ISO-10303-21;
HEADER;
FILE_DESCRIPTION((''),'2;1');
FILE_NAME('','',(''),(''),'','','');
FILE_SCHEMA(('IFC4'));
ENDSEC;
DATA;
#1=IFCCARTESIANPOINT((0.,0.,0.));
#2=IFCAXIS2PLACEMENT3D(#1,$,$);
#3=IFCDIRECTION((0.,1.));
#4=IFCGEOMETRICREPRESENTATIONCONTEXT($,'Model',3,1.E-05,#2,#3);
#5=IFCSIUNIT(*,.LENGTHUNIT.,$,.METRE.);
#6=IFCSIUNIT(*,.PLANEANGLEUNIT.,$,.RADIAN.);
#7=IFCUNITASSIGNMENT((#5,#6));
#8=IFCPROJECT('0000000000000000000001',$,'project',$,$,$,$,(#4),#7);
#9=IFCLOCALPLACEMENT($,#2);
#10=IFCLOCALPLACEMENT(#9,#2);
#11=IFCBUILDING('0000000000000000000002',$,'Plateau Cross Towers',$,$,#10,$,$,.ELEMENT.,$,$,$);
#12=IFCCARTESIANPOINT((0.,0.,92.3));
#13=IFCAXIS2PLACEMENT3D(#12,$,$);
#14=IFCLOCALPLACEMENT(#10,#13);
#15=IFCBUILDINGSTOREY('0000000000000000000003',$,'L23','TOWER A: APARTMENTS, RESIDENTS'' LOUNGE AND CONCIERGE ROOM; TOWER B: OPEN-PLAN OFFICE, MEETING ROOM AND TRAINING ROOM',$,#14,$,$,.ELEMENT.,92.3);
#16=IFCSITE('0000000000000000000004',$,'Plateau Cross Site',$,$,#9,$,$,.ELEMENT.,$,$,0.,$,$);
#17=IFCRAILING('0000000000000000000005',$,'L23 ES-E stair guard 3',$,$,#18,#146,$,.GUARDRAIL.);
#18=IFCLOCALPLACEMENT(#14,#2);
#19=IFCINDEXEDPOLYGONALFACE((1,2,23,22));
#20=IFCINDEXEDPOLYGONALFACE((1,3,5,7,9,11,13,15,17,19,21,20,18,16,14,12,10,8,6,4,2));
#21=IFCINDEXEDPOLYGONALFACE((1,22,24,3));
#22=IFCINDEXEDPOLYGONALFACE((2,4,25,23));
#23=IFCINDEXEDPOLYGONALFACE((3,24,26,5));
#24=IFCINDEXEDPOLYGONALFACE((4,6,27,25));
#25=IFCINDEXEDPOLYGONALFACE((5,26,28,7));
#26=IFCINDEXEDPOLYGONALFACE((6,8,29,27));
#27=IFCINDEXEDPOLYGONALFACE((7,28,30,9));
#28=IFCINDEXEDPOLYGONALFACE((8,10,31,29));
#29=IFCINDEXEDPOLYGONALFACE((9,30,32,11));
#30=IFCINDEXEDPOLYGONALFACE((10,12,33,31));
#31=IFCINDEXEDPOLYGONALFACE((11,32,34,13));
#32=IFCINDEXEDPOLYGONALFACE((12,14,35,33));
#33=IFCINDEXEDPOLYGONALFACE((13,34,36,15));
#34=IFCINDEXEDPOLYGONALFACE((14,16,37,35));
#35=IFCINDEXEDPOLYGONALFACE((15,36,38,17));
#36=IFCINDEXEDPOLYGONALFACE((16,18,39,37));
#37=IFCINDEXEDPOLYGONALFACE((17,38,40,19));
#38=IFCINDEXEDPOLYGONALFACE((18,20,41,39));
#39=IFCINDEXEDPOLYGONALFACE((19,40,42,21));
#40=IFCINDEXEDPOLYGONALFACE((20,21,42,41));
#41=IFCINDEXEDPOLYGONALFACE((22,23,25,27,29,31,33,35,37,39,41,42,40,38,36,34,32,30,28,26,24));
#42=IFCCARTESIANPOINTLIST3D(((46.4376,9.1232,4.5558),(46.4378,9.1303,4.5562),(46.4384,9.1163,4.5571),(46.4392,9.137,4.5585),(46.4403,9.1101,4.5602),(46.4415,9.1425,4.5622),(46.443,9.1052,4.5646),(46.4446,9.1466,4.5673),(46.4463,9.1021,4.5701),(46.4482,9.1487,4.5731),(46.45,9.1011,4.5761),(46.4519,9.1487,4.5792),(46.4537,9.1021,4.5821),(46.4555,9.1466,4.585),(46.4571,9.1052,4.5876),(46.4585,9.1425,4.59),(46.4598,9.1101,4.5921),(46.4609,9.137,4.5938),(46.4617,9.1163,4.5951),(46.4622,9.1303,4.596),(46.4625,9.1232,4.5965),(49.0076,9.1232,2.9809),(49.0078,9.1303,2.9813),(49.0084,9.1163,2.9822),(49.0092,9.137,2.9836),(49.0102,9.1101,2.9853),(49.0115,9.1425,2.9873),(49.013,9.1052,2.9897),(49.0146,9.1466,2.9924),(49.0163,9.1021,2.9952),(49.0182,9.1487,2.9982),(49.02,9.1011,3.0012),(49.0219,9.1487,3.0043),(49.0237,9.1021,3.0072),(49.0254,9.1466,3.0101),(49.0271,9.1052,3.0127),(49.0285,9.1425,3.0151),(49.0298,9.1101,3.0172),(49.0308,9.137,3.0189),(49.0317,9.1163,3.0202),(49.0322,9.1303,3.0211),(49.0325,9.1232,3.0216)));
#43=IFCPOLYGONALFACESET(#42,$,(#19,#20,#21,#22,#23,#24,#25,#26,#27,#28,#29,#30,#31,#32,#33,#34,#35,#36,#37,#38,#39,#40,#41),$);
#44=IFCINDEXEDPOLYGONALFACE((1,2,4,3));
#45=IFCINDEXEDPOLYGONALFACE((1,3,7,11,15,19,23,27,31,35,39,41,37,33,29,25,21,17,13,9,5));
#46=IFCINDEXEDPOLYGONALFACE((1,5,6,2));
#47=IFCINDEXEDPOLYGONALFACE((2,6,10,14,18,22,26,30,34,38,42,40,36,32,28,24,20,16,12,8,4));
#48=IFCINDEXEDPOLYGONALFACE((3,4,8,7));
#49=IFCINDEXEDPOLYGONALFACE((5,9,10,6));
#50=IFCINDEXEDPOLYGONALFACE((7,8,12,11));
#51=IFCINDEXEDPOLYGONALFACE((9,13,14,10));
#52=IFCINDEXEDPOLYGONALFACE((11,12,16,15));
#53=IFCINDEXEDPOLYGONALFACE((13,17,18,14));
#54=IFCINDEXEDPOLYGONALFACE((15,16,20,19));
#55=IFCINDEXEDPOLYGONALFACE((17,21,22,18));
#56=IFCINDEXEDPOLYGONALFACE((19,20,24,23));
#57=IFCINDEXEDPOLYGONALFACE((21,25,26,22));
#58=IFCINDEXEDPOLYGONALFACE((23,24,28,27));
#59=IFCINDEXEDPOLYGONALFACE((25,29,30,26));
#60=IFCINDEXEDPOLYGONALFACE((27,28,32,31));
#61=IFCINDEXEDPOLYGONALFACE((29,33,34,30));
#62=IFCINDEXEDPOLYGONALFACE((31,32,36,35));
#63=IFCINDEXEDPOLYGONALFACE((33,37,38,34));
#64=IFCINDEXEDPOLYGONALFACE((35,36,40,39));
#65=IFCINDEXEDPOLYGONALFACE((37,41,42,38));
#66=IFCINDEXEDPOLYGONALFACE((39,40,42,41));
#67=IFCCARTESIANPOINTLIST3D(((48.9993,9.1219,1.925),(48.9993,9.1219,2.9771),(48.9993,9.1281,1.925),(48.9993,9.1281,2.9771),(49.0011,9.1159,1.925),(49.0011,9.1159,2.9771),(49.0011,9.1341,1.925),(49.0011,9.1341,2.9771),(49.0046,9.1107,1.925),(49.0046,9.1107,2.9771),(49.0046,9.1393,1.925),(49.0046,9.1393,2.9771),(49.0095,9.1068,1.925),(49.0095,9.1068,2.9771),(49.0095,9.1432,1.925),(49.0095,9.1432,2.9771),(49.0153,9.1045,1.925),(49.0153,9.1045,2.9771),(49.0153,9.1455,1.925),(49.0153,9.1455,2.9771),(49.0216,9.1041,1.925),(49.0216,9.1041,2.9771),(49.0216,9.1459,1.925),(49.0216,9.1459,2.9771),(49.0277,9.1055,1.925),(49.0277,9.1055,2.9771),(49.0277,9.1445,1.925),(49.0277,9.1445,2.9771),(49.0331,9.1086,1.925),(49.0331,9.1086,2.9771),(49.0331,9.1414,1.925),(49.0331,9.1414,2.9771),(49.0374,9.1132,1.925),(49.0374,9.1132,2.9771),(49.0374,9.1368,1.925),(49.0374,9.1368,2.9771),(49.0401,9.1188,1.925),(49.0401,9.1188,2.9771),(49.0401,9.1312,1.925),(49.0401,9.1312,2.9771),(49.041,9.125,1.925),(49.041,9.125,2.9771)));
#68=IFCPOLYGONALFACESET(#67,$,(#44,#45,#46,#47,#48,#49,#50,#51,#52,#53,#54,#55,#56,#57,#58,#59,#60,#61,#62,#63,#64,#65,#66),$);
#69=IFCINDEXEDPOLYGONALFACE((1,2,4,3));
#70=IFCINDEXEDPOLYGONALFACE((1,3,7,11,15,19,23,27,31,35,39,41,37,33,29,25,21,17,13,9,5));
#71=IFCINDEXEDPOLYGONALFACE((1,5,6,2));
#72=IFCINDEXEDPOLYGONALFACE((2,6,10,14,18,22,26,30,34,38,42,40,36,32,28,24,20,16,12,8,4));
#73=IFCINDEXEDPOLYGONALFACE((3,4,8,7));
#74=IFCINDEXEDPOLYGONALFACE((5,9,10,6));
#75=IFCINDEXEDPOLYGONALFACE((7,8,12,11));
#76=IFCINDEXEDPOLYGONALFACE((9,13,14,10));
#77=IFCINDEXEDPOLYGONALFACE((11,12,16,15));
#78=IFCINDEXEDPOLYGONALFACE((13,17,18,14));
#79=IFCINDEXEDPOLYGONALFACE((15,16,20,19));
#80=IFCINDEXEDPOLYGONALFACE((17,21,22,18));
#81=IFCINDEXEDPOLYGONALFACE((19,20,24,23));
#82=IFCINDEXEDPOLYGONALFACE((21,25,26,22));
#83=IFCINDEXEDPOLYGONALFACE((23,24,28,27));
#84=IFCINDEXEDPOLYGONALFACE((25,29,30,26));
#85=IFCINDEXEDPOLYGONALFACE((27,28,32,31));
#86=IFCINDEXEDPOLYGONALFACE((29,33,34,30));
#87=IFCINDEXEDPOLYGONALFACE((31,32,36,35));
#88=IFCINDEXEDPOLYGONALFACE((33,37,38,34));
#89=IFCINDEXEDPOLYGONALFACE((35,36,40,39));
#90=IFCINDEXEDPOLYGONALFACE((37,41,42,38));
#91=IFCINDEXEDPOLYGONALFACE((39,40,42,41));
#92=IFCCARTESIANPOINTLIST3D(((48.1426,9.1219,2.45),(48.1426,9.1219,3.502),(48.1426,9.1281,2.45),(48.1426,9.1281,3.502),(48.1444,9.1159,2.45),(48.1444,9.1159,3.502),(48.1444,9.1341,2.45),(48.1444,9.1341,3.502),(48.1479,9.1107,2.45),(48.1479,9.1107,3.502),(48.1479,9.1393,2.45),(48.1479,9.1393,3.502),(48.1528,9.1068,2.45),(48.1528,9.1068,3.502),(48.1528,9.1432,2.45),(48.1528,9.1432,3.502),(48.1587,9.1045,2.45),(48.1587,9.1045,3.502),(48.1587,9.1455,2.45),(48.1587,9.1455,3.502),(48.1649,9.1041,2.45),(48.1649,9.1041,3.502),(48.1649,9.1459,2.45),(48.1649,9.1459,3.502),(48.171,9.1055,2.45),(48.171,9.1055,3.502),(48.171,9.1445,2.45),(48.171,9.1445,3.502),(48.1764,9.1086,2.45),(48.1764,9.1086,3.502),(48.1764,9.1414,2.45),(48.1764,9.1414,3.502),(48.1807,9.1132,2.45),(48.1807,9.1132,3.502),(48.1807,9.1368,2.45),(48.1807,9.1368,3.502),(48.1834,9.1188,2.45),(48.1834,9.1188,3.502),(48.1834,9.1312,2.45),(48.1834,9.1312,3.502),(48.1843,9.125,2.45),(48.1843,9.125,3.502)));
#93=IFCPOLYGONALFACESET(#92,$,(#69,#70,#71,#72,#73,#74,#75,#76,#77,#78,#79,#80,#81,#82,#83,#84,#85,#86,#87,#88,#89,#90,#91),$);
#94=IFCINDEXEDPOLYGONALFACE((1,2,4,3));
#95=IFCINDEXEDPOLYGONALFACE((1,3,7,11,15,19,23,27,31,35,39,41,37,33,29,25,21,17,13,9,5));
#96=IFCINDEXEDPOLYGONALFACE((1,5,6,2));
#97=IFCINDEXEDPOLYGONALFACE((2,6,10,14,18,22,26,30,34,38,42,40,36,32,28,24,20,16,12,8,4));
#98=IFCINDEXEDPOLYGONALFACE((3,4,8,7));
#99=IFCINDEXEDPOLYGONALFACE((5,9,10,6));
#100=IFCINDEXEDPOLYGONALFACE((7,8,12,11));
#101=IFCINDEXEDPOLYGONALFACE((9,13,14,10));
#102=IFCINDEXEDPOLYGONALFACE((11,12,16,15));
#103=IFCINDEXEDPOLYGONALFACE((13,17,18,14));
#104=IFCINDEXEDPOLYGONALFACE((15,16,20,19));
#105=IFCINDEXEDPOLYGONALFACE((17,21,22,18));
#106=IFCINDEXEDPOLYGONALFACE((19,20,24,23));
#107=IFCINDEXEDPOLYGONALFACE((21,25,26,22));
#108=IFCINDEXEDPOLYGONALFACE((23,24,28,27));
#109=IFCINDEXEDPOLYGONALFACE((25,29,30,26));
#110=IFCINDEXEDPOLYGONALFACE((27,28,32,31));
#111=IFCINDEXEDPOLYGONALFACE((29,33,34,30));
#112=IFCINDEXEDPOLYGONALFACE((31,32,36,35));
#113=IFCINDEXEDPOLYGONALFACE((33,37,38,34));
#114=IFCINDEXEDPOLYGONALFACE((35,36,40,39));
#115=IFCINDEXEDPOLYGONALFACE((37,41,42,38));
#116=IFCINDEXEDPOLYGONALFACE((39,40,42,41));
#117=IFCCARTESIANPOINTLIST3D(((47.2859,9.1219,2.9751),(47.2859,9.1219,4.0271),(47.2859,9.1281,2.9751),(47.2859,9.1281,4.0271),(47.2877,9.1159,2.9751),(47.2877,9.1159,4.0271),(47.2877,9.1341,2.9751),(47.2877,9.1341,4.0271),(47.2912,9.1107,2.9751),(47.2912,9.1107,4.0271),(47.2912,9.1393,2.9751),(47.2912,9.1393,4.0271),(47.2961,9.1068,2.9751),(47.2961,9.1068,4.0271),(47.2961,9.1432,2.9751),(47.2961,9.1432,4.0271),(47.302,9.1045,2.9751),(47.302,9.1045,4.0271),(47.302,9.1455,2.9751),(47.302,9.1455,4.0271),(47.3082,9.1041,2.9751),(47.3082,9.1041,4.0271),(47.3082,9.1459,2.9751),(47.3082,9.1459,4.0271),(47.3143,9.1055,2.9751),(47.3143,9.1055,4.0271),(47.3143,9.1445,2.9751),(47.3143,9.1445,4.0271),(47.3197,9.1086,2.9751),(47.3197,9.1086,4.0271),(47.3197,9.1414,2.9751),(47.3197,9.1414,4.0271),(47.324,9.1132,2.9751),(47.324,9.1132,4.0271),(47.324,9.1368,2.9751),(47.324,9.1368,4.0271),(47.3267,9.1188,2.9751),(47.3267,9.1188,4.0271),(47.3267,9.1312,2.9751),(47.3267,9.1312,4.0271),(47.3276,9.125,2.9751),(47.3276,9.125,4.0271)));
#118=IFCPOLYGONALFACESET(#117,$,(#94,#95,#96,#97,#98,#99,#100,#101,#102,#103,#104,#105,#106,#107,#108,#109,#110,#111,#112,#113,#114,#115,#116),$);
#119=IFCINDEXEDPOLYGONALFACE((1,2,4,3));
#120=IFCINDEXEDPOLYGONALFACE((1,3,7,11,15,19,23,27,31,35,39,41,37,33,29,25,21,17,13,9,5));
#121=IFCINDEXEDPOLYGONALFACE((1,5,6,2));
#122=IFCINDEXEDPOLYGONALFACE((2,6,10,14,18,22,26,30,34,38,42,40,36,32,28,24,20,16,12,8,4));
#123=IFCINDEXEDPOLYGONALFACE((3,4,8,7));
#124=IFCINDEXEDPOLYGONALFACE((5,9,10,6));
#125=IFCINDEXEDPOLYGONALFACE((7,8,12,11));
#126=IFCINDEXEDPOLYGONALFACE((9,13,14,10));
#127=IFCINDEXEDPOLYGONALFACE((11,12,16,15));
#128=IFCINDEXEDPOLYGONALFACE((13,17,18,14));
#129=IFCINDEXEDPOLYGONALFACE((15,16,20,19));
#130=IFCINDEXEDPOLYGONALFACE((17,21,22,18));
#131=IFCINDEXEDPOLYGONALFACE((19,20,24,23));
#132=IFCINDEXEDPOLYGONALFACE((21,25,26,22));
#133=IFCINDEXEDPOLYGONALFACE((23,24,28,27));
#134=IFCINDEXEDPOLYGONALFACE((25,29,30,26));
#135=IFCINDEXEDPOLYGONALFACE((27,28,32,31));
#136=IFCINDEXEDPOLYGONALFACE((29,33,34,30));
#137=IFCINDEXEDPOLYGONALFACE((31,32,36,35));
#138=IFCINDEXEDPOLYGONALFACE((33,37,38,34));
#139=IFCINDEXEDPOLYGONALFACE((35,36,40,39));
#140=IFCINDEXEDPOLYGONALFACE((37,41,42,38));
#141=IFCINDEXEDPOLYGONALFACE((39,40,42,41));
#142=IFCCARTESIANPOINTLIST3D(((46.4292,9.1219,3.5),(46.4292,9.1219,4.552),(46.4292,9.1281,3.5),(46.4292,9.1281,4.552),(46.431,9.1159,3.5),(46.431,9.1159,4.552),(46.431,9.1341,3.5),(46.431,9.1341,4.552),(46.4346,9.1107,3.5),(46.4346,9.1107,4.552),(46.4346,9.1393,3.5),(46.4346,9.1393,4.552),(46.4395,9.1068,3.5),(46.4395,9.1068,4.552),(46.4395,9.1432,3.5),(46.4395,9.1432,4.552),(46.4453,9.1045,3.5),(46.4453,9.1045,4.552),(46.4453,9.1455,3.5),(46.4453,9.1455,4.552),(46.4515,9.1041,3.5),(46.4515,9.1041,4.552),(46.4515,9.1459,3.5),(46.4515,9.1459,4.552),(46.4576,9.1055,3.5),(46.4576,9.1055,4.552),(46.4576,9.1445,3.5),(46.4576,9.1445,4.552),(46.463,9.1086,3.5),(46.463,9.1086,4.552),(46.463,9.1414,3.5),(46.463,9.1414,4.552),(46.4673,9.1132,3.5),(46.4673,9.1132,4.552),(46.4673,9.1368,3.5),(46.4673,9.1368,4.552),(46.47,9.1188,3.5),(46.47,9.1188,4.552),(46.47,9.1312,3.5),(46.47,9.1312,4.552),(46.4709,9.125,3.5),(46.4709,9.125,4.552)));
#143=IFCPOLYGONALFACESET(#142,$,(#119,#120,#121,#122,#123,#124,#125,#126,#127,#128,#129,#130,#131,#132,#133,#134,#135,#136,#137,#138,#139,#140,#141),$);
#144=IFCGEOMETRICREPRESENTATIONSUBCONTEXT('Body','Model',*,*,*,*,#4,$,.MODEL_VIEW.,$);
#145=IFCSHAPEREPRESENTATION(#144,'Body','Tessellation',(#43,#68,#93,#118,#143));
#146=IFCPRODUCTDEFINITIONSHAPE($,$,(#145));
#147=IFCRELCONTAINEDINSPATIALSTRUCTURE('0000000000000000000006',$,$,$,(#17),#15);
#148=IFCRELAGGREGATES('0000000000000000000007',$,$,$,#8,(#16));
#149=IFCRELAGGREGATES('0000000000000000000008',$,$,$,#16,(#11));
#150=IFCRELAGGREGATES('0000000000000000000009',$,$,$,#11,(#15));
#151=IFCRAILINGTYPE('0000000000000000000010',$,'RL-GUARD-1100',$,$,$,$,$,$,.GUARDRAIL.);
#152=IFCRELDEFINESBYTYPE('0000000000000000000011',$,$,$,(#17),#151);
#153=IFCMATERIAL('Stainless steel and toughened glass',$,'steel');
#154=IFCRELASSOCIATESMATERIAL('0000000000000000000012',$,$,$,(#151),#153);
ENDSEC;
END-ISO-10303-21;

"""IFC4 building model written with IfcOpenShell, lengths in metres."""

from ifc_helpers import new_model, si_unit, direction, frame, origin, origin_2d, place, context, subcontext, project, spatial, circle, extrude, material, type_object, element, save


model = new_model("IFC4")

# Units and contexts
model_context = context("Model", 3, precision=1e-05, world=origin(), true_north=direction((0.0, 1.0)))
body_context = subcontext(model_context, "Body", "Model", "MODEL_VIEW")
ifc_project = project(units=[si_unit("LENGTHUNIT", "METRE"), si_unit("PLANEANGLEUNIT", "RADIAN")], contexts=[model_context])

# Site, building, storey
site_placement = place(None, origin())
site = spatial("IfcSite", under=ifc_project, at=site_placement, Name="Plateau Cross Site", CompositionType="ELEMENT", RefElevation=0.0)
building_placement = place(site_placement, origin())
building = spatial("IfcBuilding", under=site, at=building_placement, Name="Plateau Cross Towers", CompositionType="ELEMENT")
storey_placement = place(building_placement, frame((0.0, 0.0, 92.3)))
storey = spatial("IfcBuildingStorey", under=building, at=storey_placement, Name="L23", Description="TOWER A: APARTMENTS, RESIDENTS' LOUNGE AND CONCIERGE ROOM; TOWER B: OPEN-PLAN OFFICE, MEETING ROOM AND TRAINING ROOM", CompositionType="ELEMENT", Elevation=92.3)

# Railing
ifc_material_1 = material(Name="Stainless steel and toughened glass", Category="steel")
railing_type_1 = type_object("IfcRailingType", Name="RL-GUARD-1100", PredefinedType="GUARDRAIL", material=ifc_material_1)
railing_1_placement = place(storey_placement, frame((49.02, 9.125, 1.925)))
element("IfcRailing", 1, at=railing_1_placement, inside=storey, type_object=railing_type_1, Name="L23 ES-E stair guard 3", PredefinedType="GUARDRAIL", context=body_context, shape_type="SweptSolid", body=[
    extrude(circle(Radius=0.0239, at=origin_2d()), frame((0.0, 0.0, 1.0762), z_axis=(-0.852639, 0.0, 0.522501), x_axis=(0.0, -1.0, 0.0)), (0.0, 0.0, 1.0), 3.0142),
    extrude(circle(Radius=0.021, at=origin_2d()), origin(), (0.0, 0.0, 1.0), 1.052),
    extrude(circle(Radius=0.021, at=origin_2d()), frame((-0.8567, 0.0, 0.5249)), (0.0, 0.0, 1.0), 1.052),
    extrude(circle(Radius=0.021, at=origin_2d()), frame((-1.7134, 0.0, 1.05)), (0.0, 0.0, 1.0), 1.052),
    extrude(circle(Radius=0.021, at=origin_2d()), frame((-2.5701, 0.0, 1.575)), (0.0, 0.0, 1.0), 1.052),
])

save(model, "model.ifc")
